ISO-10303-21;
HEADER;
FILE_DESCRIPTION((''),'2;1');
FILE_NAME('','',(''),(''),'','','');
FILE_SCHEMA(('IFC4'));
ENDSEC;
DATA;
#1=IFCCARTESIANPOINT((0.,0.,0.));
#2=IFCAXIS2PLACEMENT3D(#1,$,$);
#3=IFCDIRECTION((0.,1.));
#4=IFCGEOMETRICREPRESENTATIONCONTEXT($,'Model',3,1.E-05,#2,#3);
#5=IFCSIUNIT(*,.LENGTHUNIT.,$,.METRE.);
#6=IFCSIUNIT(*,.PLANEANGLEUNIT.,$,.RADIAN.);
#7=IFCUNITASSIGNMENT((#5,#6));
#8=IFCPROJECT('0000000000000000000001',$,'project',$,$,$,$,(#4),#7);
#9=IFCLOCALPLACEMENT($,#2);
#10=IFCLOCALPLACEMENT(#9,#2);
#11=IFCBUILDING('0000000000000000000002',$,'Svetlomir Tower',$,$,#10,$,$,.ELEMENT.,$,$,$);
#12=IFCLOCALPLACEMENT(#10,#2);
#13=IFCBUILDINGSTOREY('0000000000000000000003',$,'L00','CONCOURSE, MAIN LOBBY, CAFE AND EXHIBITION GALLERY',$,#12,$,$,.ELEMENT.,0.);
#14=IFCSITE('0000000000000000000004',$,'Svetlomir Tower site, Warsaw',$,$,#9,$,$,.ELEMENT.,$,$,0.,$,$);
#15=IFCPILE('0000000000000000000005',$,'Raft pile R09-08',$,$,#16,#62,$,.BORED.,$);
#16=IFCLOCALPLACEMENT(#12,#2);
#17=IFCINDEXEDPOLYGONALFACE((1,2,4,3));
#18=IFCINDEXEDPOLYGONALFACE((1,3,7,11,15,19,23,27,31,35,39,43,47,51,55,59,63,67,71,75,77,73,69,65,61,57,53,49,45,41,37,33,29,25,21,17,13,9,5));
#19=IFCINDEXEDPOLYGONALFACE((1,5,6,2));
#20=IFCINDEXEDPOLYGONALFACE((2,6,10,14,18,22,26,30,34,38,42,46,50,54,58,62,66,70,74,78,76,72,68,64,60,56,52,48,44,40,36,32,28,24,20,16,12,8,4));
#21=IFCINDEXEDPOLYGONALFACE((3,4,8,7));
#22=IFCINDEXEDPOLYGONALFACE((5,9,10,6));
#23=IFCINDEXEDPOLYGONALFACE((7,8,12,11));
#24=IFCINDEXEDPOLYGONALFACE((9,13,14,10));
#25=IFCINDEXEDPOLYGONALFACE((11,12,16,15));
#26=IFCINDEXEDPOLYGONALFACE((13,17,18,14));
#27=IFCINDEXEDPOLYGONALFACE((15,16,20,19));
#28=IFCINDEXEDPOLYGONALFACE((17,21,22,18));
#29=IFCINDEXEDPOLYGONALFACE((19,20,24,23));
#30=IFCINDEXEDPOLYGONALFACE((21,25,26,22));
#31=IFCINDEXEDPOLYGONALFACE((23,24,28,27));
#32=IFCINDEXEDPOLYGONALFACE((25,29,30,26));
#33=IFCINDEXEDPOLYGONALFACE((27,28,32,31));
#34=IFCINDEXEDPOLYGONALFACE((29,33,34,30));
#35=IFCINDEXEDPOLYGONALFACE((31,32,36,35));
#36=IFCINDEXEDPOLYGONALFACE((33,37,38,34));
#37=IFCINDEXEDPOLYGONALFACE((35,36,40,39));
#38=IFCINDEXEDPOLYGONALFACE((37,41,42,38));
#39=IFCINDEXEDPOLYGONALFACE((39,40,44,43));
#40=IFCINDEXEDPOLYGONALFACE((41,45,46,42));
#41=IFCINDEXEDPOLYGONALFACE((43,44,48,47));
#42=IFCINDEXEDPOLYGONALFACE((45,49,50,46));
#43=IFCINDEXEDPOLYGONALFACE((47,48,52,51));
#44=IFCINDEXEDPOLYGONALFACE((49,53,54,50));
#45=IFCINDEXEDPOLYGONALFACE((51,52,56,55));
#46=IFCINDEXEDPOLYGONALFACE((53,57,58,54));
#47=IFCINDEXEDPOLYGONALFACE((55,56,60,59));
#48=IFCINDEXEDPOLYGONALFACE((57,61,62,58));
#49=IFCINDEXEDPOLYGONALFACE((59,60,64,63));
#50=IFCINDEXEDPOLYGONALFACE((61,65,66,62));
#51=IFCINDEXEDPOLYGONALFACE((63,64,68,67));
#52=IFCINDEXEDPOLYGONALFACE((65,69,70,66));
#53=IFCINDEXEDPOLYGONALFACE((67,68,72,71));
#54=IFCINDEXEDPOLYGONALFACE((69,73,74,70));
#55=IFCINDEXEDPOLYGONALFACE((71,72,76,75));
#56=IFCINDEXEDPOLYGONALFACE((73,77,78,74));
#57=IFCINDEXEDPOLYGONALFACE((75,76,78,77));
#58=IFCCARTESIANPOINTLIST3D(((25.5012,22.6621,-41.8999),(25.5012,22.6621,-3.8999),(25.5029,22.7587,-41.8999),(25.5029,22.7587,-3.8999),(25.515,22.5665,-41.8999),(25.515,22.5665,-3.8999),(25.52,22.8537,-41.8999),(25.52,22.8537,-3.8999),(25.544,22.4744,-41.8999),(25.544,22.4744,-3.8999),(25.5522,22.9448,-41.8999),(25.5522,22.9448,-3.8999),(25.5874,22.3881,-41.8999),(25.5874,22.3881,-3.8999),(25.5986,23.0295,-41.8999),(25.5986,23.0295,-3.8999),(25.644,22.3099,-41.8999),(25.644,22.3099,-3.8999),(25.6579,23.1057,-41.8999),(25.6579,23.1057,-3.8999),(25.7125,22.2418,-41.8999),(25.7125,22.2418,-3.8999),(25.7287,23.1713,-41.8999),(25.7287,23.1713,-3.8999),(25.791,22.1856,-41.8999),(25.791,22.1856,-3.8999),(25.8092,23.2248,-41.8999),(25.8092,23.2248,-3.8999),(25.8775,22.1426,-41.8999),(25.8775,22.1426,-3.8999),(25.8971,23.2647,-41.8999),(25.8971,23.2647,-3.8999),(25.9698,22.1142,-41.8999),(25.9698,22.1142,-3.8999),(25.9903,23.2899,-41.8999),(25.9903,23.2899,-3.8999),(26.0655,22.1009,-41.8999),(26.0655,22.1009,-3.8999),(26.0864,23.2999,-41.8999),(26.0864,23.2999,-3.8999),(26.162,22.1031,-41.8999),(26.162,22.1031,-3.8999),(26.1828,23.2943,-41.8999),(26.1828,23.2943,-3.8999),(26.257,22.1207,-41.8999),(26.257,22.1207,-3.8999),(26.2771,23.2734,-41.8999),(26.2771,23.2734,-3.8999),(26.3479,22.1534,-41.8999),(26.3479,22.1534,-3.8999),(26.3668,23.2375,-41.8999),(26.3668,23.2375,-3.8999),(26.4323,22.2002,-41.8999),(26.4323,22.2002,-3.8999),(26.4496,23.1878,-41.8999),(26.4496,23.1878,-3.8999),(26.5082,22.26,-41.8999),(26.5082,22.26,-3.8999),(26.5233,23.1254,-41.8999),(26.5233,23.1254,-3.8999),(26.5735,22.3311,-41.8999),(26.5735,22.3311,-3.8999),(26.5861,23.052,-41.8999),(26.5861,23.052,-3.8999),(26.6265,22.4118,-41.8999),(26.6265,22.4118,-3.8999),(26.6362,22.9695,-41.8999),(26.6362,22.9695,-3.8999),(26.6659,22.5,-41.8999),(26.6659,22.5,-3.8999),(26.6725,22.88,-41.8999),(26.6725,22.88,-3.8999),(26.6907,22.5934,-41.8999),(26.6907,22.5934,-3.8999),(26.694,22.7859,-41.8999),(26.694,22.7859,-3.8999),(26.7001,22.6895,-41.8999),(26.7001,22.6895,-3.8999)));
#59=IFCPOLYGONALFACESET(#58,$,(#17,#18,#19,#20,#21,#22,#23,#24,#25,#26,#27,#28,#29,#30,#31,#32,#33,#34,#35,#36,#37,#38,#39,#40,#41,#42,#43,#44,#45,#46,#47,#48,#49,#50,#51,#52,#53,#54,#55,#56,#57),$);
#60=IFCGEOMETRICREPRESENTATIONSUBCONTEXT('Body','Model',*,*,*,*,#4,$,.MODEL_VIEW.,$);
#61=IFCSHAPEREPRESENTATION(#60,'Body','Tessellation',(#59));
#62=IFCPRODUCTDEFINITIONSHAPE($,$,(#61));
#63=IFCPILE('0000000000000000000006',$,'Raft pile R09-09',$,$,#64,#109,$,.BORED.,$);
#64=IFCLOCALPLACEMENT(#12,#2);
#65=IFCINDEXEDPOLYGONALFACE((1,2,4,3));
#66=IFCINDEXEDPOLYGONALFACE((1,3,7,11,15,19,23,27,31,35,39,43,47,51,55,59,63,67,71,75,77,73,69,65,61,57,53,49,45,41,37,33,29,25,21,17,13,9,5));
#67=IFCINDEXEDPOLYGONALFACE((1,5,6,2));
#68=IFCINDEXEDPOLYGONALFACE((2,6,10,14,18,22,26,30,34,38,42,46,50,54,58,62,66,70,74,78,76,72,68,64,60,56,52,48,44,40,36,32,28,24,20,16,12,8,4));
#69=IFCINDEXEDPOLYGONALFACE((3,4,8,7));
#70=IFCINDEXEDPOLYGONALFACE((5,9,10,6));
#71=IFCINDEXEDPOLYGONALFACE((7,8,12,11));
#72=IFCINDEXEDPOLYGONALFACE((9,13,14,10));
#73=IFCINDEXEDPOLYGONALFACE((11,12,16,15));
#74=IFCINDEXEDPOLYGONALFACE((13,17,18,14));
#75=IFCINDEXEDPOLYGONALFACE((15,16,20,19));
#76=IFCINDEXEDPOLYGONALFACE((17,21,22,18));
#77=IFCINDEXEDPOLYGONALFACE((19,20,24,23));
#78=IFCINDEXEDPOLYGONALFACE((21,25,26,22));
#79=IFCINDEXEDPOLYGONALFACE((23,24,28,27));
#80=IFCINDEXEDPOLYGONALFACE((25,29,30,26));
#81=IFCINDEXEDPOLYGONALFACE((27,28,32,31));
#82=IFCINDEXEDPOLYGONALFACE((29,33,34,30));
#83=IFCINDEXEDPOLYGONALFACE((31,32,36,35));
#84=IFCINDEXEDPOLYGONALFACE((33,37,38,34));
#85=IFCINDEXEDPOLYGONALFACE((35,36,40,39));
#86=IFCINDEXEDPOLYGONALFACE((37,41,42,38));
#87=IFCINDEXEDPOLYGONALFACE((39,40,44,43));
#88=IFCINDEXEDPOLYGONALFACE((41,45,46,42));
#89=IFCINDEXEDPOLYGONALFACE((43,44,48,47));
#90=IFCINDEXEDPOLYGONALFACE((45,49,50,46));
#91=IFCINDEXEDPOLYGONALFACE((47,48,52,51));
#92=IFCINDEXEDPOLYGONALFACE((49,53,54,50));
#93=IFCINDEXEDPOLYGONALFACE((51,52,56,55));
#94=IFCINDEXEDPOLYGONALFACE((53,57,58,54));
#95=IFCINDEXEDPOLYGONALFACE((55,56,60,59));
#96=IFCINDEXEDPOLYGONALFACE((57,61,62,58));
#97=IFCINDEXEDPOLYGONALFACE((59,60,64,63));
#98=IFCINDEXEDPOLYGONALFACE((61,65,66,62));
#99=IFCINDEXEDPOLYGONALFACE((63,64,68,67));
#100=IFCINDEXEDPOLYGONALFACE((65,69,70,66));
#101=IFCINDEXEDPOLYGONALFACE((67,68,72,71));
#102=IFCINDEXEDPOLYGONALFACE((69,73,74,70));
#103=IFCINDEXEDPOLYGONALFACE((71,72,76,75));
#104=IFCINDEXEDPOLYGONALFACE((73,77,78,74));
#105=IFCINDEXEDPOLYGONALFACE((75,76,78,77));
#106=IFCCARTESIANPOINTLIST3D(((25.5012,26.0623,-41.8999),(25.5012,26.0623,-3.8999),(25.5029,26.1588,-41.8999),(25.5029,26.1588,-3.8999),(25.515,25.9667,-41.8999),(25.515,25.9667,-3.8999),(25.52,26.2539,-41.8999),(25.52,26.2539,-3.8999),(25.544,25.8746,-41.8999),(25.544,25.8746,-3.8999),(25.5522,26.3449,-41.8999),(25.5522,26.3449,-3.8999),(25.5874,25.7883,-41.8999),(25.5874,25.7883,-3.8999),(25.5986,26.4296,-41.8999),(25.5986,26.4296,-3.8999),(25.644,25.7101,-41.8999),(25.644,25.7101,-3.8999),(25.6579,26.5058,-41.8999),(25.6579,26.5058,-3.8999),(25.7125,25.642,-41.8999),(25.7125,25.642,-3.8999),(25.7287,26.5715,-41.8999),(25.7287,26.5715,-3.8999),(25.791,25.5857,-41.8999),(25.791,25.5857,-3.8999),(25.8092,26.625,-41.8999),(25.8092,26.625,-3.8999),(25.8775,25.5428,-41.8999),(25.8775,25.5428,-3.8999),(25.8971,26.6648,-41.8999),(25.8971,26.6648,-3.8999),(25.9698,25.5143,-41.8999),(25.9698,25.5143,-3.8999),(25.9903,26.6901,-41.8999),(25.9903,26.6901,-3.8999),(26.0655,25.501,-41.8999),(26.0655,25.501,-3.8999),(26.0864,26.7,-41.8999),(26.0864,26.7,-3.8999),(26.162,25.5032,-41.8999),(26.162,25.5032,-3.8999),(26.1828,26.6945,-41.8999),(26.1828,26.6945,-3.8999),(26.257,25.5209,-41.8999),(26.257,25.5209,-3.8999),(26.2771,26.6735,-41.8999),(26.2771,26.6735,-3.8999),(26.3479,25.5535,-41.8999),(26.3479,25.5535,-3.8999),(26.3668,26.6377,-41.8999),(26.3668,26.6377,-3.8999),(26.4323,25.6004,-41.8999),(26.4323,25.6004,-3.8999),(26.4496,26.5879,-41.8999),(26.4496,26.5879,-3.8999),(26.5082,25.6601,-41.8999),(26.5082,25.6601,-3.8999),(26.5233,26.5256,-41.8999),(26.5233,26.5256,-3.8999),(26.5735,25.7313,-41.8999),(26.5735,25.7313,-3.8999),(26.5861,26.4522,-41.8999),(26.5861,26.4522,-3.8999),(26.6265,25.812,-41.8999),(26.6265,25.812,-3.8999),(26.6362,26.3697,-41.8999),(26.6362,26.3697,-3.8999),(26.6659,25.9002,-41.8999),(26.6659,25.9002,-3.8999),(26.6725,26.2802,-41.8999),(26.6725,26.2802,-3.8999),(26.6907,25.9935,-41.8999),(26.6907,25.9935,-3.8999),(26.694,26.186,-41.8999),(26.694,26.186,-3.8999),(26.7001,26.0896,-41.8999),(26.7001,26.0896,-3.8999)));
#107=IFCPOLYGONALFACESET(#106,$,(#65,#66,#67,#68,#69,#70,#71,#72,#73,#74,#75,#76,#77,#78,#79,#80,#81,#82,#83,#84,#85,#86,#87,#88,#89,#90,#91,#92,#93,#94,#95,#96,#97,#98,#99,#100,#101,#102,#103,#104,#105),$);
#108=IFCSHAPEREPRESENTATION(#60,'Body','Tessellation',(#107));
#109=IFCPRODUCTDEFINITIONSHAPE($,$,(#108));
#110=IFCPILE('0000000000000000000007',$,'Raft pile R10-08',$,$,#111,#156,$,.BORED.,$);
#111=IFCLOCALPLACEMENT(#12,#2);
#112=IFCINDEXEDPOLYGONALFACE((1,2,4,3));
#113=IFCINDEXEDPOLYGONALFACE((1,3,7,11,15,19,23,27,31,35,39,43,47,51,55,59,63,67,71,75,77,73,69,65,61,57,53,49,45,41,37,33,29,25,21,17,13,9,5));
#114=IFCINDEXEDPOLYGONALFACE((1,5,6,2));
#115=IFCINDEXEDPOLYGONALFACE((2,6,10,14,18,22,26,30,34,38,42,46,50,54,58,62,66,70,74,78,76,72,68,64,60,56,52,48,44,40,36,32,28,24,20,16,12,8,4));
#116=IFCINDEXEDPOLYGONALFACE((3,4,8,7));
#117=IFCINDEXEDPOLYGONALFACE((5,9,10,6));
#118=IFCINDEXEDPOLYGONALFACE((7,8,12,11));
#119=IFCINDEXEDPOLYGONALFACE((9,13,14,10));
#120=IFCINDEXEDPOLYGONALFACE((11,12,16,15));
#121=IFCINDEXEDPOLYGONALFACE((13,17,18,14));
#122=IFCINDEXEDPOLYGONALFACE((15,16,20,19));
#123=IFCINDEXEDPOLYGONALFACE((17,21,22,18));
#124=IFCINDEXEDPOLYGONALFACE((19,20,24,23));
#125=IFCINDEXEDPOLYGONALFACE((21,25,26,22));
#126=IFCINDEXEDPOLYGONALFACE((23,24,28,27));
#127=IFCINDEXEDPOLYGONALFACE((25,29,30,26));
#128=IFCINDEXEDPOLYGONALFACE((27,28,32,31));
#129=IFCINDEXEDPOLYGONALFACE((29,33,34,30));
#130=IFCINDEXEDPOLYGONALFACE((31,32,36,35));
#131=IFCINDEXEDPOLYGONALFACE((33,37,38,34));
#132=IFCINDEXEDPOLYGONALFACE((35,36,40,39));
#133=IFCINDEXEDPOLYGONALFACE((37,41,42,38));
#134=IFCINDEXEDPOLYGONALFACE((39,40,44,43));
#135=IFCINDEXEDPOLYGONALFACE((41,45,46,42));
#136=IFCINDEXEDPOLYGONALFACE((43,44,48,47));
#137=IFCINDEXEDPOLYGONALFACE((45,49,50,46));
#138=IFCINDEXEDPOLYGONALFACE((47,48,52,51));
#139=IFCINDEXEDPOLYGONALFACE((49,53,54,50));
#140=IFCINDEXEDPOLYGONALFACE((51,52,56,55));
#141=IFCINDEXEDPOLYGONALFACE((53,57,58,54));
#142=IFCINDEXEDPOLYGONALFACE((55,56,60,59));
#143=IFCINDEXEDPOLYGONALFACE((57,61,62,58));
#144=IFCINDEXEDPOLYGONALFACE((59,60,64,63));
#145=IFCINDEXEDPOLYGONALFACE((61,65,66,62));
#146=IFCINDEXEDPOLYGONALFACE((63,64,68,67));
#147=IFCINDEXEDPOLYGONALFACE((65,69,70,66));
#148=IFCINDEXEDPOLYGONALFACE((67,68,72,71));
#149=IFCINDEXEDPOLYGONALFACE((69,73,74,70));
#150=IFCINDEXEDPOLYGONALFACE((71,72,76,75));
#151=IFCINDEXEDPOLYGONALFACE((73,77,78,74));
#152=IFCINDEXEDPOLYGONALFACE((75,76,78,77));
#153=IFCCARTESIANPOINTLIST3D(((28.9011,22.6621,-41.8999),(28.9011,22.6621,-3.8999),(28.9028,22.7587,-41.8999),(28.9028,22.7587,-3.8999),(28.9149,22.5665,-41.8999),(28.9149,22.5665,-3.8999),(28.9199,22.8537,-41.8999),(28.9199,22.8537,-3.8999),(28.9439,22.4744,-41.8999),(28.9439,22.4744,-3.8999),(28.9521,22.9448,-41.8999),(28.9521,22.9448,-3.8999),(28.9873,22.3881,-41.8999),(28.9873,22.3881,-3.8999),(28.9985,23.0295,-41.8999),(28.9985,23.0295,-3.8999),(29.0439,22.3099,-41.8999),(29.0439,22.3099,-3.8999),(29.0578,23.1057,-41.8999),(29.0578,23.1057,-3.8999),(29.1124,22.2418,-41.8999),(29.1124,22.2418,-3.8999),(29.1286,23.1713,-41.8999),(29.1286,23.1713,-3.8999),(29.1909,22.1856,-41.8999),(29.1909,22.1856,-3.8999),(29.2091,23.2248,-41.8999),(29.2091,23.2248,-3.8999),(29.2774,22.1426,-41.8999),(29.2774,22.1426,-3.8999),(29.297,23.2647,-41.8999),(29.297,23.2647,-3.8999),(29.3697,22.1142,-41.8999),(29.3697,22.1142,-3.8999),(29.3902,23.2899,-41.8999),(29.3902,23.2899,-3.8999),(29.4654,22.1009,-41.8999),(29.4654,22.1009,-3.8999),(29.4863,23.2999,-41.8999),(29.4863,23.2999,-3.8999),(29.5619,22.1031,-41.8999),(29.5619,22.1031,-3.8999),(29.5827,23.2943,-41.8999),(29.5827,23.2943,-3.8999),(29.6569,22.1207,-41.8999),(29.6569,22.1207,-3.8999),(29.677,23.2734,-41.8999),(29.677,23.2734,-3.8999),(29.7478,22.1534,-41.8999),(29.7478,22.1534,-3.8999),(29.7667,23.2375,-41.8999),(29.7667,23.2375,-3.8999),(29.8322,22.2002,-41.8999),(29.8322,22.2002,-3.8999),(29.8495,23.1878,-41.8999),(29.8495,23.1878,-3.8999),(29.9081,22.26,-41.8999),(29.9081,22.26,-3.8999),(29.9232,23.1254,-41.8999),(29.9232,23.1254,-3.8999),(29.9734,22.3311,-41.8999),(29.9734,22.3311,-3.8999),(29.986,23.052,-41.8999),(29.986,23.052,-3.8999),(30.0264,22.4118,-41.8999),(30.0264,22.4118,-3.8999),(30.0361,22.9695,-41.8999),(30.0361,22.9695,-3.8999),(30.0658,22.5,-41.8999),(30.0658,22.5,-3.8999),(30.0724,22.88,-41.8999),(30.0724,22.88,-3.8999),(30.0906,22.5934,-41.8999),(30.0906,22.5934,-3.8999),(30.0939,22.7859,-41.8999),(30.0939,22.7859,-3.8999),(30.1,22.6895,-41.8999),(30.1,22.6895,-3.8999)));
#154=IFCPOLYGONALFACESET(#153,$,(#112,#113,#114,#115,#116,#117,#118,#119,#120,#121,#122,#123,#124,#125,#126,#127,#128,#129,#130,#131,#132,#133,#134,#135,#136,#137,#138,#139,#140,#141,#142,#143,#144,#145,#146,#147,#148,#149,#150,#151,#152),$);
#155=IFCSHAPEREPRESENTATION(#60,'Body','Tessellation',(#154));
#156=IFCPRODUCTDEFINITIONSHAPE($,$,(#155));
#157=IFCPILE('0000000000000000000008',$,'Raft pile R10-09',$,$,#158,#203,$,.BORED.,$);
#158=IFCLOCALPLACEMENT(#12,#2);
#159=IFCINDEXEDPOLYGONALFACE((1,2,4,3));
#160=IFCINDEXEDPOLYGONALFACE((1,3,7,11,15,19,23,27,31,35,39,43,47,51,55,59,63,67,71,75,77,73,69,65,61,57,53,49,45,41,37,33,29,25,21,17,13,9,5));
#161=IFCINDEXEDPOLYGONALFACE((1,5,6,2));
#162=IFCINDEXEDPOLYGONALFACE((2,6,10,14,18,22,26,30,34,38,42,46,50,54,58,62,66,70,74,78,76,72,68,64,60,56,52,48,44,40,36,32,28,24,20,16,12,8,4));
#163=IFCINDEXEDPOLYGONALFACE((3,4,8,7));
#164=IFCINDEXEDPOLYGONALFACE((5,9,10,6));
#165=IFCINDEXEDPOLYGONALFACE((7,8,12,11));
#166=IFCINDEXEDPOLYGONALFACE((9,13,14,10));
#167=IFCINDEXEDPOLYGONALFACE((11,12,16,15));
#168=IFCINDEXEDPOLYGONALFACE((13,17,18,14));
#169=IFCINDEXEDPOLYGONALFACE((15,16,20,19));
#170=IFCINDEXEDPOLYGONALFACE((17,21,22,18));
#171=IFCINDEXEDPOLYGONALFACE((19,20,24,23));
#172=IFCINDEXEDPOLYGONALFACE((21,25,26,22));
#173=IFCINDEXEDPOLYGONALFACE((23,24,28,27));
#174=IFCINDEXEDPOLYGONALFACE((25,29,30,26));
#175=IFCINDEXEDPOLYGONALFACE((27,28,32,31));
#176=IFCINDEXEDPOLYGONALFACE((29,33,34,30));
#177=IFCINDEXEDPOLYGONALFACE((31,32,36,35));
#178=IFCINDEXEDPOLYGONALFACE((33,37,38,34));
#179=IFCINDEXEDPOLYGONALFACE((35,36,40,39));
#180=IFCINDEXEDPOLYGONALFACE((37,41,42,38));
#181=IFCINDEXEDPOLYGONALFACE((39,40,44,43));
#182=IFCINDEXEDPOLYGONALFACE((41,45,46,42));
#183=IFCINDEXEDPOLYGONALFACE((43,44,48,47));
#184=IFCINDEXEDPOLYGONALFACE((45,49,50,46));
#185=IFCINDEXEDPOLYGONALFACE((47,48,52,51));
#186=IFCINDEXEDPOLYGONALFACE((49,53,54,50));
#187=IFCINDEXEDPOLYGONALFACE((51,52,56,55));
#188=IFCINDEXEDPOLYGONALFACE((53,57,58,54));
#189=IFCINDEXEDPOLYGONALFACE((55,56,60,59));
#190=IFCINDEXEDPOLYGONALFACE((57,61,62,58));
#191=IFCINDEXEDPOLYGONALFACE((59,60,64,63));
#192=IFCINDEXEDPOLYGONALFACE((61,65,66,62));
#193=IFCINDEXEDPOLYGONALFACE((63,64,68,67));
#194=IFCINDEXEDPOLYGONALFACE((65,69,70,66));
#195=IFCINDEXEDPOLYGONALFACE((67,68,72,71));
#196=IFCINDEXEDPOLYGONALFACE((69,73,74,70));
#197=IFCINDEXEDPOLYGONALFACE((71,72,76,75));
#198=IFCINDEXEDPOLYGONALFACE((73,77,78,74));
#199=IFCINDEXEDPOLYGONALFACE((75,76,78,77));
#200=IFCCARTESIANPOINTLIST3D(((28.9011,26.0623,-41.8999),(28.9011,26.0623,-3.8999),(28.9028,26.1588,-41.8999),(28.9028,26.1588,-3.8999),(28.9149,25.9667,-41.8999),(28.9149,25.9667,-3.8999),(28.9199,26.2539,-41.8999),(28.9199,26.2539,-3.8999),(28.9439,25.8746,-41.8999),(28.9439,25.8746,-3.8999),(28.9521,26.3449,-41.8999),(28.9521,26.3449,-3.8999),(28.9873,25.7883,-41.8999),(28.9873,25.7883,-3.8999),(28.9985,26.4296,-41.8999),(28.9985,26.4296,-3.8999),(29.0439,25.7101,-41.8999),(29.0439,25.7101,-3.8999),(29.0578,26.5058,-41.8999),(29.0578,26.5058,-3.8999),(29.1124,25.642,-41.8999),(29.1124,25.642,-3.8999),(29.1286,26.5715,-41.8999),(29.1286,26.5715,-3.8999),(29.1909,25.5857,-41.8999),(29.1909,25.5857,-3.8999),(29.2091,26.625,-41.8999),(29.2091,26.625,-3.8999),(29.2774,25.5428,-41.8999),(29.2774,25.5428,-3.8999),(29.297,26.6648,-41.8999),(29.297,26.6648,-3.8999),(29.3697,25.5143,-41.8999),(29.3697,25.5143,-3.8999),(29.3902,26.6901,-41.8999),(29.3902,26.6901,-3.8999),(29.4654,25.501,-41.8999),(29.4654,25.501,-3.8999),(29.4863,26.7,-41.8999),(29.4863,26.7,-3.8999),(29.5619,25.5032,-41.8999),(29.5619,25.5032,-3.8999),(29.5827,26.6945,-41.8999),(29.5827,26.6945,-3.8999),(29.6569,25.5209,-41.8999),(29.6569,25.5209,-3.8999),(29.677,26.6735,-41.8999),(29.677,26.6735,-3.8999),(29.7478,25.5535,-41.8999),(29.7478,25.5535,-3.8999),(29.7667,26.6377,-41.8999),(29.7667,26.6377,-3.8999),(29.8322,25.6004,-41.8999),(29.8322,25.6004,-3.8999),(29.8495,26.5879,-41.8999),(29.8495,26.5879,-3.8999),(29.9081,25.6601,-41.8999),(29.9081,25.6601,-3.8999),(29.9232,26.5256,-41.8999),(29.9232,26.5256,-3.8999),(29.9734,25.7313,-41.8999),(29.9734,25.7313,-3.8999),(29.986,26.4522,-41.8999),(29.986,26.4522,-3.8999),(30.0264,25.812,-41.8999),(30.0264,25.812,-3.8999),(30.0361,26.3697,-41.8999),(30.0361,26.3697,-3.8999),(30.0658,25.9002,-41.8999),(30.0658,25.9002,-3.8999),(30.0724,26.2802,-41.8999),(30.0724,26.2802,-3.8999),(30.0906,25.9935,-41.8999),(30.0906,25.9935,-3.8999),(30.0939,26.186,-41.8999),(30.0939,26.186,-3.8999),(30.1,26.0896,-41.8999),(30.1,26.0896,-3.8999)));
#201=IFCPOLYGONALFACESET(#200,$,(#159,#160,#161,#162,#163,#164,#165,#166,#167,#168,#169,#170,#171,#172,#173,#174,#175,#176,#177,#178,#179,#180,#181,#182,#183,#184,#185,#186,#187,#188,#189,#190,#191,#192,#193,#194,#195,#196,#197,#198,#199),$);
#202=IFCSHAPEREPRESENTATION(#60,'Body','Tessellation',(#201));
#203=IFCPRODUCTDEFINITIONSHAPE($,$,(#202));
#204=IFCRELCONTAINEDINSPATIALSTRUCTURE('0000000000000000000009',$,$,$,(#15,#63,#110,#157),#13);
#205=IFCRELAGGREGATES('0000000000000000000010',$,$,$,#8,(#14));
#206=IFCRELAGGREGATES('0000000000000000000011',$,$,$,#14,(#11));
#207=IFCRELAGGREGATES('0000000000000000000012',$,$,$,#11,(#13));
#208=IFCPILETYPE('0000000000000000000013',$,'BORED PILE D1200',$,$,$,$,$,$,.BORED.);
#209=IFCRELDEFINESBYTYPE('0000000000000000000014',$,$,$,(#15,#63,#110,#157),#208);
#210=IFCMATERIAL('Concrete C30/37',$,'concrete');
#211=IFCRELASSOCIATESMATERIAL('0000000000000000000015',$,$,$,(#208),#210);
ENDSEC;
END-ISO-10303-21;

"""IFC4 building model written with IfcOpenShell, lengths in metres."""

from ifc_helpers import new_model, si_unit, direction, frame, frame_2d, origin, origin_2d, place, context, subcontext, project, spatial, circle, extrude, material, material_profile, profile_set, type_object, element, save


model = new_model("IFC4")

# Units and contexts
model_context = context("Model", 3, precision=1e-05, world=origin(), true_north=direction((0.0, 1.0)))
body_context = subcontext(model_context, "Body", "Model", "MODEL_VIEW")
ifc_project = project(units=[si_unit("LENGTHUNIT", "METRE"), si_unit("PLANEANGLEUNIT", "RADIAN")], contexts=[model_context])

# Site, building, storey
site_placement = place(None, origin())
site = spatial("IfcSite", under=ifc_project, at=site_placement, Name="Svetlomir Tower site, Warsaw", CompositionType="ELEMENT", RefElevation=0.0)
building_placement = place(site_placement, origin())
building = spatial("IfcBuilding", under=site, at=building_placement, Name="Svetlomir Tower", CompositionType="ELEMENT")
storey_placement = place(building_placement, origin())
storey = spatial("IfcBuildingStorey", under=building, at=storey_placement, Name="L00", Description="CONCOURSE, MAIN LOBBY, CAFE AND EXHIBITION GALLERY", CompositionType="ELEMENT", Elevation=0.0)

# Piles
ifc_material_1 = material(Name="Concrete C30/37", Category="concrete")
ifc_material_profile = material_profile(ifc_material_1, circle(Radius=0.6001, at=origin_2d()), Name="D1200")
ifc_profile_set = profile_set([ifc_material_profile], Name="Concrete C30/37")
pile_type = type_object("IfcPileType", Name="BORED PILE D1200", PredefinedType="BORED", material=ifc_profile_set)
for number, where, z_axis, x_axis, name in (
    (1, (26.1001, 22.7, -3.8999), (0.0, 0.0, -1.0), (1.0, 0.0, 0.0), "Raft pile R09-08"),
    (2, (26.1001, 26.1001, -3.8999), (0.0, 0.0, -1.0), (1.0, 0.0, 0.0), "Raft pile R09-09"),
    (3, (29.5, 22.7, -3.8999), (0.0, 0.0, -1.0), (1.0, 0.0, 0.0), "Raft pile R10-08"),
    (4, (29.5, 26.1001, -3.8999), (0.0, 0.0, -1.0), (1.0, 0.0, 0.0), "Raft pile R10-09"),
):
    element("IfcPile", number, at=place(storey_placement, frame(where, z_axis=z_axis, x_axis=x_axis)), inside=storey, type_object=pile_type, Name=name, PredefinedType="BORED", context=body_context, shape_type="SweptSolid", body=[
        extrude(circle(Radius=0.6001, at=frame_2d((0.0, 0.0), x_axis=(0.999848, 0.017452))), origin(), (0.0, 0.0, 1.0), 38.0),
    ])

save(model, "model.ifc")
